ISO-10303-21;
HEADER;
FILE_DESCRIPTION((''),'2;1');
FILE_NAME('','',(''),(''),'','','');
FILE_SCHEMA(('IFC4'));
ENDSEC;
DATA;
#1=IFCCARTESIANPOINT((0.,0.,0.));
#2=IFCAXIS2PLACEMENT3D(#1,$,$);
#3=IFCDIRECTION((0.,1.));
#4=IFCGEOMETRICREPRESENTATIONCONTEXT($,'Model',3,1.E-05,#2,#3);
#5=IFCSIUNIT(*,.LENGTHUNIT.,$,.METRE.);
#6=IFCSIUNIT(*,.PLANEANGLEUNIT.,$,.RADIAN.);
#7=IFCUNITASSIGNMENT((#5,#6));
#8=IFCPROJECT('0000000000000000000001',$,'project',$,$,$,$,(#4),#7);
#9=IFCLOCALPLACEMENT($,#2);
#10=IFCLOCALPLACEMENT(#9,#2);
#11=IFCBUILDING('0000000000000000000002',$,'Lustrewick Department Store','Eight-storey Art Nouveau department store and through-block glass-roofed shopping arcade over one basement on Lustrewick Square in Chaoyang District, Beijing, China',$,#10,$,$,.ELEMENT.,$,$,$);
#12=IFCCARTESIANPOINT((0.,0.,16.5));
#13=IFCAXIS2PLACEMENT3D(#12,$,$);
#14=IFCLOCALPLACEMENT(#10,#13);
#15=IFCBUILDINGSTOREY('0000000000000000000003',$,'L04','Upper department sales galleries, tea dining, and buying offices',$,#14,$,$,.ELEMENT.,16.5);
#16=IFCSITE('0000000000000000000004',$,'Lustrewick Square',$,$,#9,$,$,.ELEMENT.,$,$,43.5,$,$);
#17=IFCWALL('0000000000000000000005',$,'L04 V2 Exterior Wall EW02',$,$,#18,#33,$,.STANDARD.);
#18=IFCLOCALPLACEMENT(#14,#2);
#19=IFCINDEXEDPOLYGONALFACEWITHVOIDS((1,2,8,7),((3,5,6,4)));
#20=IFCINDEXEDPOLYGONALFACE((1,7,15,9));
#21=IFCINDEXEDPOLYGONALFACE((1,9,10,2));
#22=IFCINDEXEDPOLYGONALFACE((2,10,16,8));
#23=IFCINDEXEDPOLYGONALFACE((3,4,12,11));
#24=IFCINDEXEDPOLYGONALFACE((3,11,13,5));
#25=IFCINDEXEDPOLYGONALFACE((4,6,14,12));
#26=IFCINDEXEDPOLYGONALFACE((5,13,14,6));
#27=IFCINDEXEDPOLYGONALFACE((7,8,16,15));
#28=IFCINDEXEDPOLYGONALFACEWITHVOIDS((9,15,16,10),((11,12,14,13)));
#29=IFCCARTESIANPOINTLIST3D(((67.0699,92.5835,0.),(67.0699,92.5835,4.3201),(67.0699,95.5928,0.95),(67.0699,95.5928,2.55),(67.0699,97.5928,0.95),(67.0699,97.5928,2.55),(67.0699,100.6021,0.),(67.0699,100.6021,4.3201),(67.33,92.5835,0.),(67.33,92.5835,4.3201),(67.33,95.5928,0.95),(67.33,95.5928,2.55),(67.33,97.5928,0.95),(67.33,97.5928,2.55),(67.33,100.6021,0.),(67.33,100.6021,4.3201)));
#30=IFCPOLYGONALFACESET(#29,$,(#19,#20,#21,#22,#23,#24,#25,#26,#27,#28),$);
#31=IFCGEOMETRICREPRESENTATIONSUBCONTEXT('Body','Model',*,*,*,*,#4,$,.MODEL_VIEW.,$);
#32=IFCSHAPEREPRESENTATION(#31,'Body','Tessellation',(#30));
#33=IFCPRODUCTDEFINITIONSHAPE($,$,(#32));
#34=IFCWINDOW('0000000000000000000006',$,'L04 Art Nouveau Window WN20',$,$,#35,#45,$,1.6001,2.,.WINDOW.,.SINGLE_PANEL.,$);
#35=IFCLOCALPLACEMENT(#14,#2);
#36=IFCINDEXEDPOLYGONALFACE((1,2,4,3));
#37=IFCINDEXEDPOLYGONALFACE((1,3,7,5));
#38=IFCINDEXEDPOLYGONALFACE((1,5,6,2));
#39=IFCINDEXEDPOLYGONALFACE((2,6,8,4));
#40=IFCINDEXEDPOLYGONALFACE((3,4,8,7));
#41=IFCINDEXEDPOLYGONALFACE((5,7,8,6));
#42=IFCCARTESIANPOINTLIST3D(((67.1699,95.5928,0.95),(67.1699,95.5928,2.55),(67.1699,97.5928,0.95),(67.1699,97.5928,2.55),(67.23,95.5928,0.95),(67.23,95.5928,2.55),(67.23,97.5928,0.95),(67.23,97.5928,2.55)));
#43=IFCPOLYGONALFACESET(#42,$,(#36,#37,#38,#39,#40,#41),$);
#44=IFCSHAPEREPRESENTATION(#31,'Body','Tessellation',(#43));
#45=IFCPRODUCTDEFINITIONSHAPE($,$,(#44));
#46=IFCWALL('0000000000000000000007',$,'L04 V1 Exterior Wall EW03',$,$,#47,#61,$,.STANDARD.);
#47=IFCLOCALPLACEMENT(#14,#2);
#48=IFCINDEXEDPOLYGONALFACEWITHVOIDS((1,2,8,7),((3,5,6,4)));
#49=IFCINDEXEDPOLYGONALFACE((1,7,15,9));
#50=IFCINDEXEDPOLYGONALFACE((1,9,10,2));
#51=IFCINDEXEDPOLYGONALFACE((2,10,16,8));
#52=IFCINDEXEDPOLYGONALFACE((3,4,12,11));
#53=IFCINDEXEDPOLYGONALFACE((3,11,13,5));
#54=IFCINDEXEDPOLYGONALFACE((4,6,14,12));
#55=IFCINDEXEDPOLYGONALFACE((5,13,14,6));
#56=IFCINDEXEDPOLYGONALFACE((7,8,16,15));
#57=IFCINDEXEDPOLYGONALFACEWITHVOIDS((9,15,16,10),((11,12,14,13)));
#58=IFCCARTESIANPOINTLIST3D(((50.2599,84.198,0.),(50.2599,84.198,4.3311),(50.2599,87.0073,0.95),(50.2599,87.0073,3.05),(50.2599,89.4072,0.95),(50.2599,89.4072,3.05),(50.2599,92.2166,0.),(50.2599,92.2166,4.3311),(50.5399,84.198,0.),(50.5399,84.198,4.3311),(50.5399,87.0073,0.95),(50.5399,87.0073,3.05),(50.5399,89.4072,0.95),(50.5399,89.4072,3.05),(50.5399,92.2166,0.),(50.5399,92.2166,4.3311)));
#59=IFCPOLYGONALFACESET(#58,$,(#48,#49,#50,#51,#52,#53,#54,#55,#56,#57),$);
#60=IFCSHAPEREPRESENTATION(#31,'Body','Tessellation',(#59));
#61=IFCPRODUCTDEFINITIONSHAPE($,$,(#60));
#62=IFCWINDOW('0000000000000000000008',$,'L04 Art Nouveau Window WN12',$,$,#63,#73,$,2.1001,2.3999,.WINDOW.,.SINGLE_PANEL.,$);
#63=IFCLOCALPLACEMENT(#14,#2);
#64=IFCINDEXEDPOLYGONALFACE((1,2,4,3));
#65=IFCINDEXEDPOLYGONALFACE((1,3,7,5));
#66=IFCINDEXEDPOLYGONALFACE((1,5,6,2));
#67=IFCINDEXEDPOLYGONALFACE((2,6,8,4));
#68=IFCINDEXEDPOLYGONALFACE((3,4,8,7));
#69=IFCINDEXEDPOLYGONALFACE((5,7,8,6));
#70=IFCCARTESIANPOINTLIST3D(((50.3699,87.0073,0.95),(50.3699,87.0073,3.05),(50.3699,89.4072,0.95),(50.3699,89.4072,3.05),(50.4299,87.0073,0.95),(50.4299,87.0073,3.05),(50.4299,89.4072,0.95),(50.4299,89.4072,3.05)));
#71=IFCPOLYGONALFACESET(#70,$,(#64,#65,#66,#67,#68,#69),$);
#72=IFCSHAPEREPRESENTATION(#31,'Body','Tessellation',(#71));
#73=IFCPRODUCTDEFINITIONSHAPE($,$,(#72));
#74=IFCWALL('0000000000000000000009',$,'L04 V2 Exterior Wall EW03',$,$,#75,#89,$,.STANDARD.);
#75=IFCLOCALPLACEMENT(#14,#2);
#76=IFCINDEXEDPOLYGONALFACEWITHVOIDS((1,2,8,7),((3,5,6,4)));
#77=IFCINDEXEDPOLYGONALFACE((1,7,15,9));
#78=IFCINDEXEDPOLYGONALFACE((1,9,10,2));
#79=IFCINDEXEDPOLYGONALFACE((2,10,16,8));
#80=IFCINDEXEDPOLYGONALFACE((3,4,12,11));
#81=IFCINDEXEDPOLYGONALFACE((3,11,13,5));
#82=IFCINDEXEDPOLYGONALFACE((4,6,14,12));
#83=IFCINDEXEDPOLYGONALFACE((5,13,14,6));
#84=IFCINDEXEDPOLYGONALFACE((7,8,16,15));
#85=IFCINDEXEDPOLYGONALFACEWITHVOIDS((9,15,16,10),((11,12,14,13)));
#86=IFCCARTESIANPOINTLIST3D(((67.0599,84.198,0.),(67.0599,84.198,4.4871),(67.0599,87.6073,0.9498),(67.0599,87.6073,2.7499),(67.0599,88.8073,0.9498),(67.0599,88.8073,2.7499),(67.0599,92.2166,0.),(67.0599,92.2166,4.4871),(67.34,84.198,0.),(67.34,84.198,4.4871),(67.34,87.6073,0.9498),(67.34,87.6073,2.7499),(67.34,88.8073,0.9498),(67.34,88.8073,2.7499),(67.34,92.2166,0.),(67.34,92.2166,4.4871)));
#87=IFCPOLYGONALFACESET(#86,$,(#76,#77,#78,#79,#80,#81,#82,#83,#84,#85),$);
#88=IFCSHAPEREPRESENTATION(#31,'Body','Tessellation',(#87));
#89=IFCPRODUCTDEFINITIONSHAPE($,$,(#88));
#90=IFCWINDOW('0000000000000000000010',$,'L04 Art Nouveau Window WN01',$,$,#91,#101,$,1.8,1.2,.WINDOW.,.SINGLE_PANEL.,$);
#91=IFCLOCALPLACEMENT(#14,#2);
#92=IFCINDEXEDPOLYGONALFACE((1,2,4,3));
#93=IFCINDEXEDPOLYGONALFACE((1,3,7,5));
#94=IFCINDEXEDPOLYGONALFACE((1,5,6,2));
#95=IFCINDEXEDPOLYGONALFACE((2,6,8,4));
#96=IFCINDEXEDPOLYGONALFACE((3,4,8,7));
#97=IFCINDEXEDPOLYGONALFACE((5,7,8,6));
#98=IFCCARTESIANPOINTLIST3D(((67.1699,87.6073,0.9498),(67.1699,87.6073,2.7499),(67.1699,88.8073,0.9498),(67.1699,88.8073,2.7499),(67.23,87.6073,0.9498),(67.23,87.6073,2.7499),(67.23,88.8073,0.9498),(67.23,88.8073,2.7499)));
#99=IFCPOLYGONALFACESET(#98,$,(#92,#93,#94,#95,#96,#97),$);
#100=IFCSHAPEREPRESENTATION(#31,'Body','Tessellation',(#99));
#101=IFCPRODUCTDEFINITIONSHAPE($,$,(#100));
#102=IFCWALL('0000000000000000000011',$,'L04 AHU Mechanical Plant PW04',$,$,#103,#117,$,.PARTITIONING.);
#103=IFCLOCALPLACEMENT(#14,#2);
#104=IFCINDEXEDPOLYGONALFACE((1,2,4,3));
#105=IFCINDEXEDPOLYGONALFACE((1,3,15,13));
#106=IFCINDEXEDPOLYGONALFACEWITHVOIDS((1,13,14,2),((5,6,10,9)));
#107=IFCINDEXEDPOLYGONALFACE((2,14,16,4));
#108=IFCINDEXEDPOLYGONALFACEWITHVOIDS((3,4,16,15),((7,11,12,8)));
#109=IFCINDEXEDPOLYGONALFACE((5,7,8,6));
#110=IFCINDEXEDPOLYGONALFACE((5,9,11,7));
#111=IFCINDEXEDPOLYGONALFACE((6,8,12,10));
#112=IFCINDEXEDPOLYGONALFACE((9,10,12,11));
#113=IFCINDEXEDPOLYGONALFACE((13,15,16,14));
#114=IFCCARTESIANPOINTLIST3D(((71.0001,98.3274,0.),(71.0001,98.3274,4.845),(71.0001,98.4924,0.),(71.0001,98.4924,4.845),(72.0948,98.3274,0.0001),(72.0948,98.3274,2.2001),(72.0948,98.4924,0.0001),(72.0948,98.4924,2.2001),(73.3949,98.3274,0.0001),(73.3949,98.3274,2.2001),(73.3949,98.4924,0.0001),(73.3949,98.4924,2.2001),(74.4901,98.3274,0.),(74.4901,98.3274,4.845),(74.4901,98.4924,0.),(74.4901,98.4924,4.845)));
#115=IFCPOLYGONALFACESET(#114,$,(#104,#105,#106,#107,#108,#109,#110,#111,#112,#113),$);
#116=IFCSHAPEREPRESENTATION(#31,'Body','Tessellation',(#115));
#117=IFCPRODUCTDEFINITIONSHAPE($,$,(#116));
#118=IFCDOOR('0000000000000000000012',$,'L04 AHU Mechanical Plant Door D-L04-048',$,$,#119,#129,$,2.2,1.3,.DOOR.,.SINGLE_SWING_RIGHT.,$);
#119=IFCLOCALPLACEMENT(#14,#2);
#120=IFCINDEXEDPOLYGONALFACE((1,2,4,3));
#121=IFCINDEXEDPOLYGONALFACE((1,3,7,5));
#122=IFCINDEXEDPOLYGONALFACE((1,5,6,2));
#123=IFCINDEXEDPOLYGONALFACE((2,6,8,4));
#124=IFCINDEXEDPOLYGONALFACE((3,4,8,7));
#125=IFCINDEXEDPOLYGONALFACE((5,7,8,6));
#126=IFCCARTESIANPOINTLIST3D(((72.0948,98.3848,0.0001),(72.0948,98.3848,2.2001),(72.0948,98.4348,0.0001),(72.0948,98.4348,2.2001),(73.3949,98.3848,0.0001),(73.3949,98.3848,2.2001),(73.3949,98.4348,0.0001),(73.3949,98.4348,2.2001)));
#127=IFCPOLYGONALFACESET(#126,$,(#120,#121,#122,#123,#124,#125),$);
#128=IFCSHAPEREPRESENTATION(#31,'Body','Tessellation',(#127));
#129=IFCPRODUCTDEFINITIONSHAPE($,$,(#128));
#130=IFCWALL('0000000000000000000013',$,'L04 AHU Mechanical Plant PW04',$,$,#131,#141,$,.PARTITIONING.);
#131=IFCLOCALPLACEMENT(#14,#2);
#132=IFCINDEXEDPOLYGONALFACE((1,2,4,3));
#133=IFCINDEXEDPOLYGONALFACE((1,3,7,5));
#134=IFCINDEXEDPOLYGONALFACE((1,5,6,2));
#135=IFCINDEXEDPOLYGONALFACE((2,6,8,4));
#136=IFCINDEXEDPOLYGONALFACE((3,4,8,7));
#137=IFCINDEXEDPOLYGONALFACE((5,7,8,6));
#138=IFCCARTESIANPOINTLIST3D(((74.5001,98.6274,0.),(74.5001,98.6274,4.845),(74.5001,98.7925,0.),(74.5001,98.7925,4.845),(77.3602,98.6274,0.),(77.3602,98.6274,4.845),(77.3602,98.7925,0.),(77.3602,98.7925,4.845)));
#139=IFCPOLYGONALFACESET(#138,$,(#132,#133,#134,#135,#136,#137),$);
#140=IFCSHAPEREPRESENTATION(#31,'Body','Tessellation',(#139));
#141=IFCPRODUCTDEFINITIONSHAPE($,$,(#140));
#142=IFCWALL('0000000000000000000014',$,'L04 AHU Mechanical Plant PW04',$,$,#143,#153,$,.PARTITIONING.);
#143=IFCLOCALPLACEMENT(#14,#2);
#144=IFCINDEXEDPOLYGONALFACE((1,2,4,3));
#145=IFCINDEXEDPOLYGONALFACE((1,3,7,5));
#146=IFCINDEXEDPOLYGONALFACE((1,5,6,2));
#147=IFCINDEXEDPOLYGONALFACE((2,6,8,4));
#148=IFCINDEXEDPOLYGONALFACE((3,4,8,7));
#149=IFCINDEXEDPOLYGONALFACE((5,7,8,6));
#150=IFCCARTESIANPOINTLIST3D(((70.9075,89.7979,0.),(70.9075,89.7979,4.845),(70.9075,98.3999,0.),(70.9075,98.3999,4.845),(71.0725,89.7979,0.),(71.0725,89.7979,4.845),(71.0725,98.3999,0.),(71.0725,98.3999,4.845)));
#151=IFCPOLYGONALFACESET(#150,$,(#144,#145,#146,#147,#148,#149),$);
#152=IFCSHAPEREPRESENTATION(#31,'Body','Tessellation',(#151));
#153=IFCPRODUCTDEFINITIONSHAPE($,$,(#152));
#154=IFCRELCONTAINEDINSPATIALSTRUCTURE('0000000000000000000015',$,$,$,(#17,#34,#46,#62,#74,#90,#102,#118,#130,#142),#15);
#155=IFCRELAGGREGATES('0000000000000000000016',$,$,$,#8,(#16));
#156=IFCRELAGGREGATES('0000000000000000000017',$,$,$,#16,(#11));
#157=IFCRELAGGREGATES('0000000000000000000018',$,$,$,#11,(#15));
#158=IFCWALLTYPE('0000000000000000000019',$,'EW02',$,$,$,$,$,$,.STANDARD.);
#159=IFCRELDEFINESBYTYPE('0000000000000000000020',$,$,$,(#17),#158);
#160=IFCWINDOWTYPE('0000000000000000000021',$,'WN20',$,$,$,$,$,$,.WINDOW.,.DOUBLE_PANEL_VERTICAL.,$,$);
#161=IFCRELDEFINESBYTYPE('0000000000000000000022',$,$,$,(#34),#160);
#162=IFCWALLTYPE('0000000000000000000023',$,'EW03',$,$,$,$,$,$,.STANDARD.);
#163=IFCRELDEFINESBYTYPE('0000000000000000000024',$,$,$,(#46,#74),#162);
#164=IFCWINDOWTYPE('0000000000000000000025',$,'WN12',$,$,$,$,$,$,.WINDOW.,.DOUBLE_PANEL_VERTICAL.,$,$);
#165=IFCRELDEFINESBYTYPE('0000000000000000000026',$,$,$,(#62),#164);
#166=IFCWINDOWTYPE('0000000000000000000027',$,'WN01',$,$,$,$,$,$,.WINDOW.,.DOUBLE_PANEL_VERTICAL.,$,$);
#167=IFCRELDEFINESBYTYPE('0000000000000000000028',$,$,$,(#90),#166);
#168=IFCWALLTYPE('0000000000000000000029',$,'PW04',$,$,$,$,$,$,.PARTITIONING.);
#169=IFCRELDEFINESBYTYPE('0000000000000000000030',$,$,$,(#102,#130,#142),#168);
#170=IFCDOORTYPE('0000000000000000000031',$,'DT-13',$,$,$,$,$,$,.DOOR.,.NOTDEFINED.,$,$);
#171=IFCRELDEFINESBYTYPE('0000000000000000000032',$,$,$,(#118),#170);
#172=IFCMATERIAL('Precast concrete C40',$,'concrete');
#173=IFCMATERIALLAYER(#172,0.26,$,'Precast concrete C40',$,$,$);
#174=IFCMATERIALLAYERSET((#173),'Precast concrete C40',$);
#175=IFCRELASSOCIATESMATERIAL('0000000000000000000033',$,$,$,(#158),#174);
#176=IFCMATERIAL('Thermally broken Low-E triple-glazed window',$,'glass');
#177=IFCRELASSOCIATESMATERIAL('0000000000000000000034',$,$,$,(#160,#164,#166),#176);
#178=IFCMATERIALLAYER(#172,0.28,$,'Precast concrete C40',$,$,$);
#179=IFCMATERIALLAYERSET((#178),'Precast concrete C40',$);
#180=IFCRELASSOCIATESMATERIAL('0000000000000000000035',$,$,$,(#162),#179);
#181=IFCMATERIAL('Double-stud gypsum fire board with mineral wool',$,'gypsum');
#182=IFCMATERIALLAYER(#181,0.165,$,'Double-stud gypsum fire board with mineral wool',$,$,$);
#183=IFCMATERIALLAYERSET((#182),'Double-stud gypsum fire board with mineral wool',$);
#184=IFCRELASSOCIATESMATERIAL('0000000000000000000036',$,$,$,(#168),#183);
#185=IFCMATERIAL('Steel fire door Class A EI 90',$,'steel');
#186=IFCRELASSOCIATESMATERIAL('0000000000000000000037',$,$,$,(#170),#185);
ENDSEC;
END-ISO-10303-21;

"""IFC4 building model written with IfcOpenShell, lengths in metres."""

from ifc_helpers import new_model, si_unit, direction, frame, frame_2d, origin, place, context, subcontext, project, spatial, rectangle, extrude, material, layer, layer_set, type_object, element, fill, save


model = new_model("IFC4")

# Units and contexts
model_context = context("Model", 3, precision=1e-05, world=origin(), true_north=direction((0.0, 1.0)))
body_context = subcontext(model_context, "Body", "Model", "MODEL_VIEW")
ifc_project = project(units=[si_unit("LENGTHUNIT", "METRE"), si_unit("PLANEANGLEUNIT", "RADIAN")], contexts=[model_context])

# Site, building, storey
site_placement = place(None, origin())
site = spatial("IfcSite", under=ifc_project, at=site_placement, Name="Lustrewick Square", CompositionType="ELEMENT", RefElevation=43.5)
building_placement = place(site_placement, origin())
building = spatial("IfcBuilding", under=site, at=building_placement, Name="Lustrewick Department Store", Description="Eight-storey Art Nouveau department store and through-block glass-roofed shopping arcade over one basement on Lustrewick Square in Chaoyang District, Beijing, China", CompositionType="ELEMENT")
storey_placement = place(building_placement, frame((0.0, 0.0, 16.5)))
storey = spatial("IfcBuildingStorey", under=building, at=storey_placement, Name="L04", Description="Upper department sales galleries, tea dining, and buying offices", CompositionType="ELEMENT", Elevation=16.5)

# Walls, openings, windows
ifc_material_1 = material(Name="Precast concrete C40", Category="concrete")
ifc_layer_1 = layer(ifc_material_1, 0.26, Name="Precast concrete C40")
ifc_layer_set_1 = layer_set([ifc_layer_1], Name="Precast concrete C40")
wall_type_1 = type_object("IfcWallType", Name="EW02", PredefinedType="STANDARD", material=ifc_layer_set_1)
wall_1_placement = place(storey_placement, frame((67.2, 100.6021, 0.0), z_axis=(0.0, 0.0, 1.0), x_axis=(0.0, -1.0, 0.0)))
wall_1 = element("IfcWall", 1, at=wall_1_placement, inside=storey, type_object=wall_type_1, Name="L04 V2 Exterior Wall EW02", PredefinedType="STANDARD", context=body_context, shape_type="SweptSolid", body=[
    extrude(rectangle(XDim=8.0186, YDim=0.26, at=frame_2d((4.0093, 0.0))), origin(), (0.0, 0.0, 1.0), 4.3201),
])
opening_1_placement = place(wall_1_placement, frame((3.0093, 0.0, 0.95)))
opening_1 = element("IfcOpeningElement", 2, at=opening_1_placement, cuts=wall_1, PredefinedType="OPENING", context=body_context, shape_type="SweptSolid", body=[
    extrude(rectangle(XDim=2.0, YDim=1.6001, at=frame_2d((1.0, 0.8))), frame((0.0, 0.1401, 0.0), z_axis=(0.0, -1.0, 0.0), x_axis=(1.0, 0.0, 0.0)), (0.0, 0.0, 1.0), 0.28),
])
ifc_material_2 = material(Name="Thermally broken Low-E triple-glazed window", Category="glass")
window_type_1 = type_object("IfcWindowType", Name="WN20", PartitioningType="DOUBLE_PANEL_VERTICAL", PredefinedType="WINDOW", material=ifc_material_2)
window_1_placement = place(opening_1_placement, origin())
window_1 = element("IfcWindow", 3, at=window_1_placement, inside=storey, type_object=window_type_1, Name="L04 Art Nouveau Window WN20", OverallHeight=1.6001, OverallWidth=2.0, PartitioningType="SINGLE_PANEL", PredefinedType="WINDOW", context=body_context, shape_type="SweptSolid", body=[
    extrude(rectangle(XDim=2.0, YDim=1.6001, at=frame_2d((1.0, 0.8))), frame((0.0, 0.03, 0.0), z_axis=(0.0, -1.0, 0.0), x_axis=(1.0, 0.0, 0.0)), (0.0, 0.0, 1.0), 0.0601),
])
fill(opening_1, window_1)
ifc_layer_2 = layer(ifc_material_1, 0.28, Name="Precast concrete C40")
ifc_layer_set_2 = layer_set([ifc_layer_2], Name="Precast concrete C40")
wall_type_2 = type_object("IfcWallType", Name="EW03", PredefinedType="STANDARD", material=ifc_layer_set_2)
wall_2_placement = place(storey_placement, frame((50.3999, 84.198, 0.0), z_axis=(0.0, 0.0, 1.0), x_axis=(0.0, 1.0, 0.0)))
wall_2 = element("IfcWall", 4, at=wall_2_placement, inside=storey, type_object=wall_type_2, Name="L04 V1 Exterior Wall EW03", PredefinedType="STANDARD", context=body_context, shape_type="SweptSolid", body=[
    extrude(rectangle(XDim=8.0186, YDim=0.28, at=frame_2d((4.0093, 0.0))), origin(), (0.0, 0.0, 1.0), 4.3311),
])
opening_2_placement = place(wall_2_placement, frame((2.8093, 0.0, 0.95)))
opening_2 = element("IfcOpeningElement", 5, at=opening_2_placement, cuts=wall_2, PredefinedType="OPENING", context=body_context, shape_type="SweptSolid", body=[
    extrude(rectangle(XDim=2.3999, YDim=2.1001, at=frame_2d((1.2, 1.05))), frame((0.0, 0.1499, 0.0), z_axis=(0.0, -1.0, 0.0), x_axis=(1.0, 0.0, 0.0)), (0.0, 0.0, 1.0), 0.3),
])
window_type_2 = type_object("IfcWindowType", Name="WN12", PartitioningType="DOUBLE_PANEL_VERTICAL", PredefinedType="WINDOW", material=ifc_material_2)
window_2_placement = place(opening_2_placement, origin())
window_2 = element("IfcWindow", 6, at=window_2_placement, inside=storey, type_object=window_type_2, Name="L04 Art Nouveau Window WN12", OverallHeight=2.1001, OverallWidth=2.3999, PartitioningType="SINGLE_PANEL", PredefinedType="WINDOW", context=body_context, shape_type="SweptSolid", body=[
    extrude(rectangle(XDim=2.3999, YDim=2.1001, at=frame_2d((1.2, 1.05))), frame((0.0, 0.03, 0.0), z_axis=(0.0, -1.0, 0.0), x_axis=(1.0, 0.0, 0.0)), (0.0, 0.0, 1.0), 0.0601),
])
fill(opening_2, window_2)
wall_3_placement = place(storey_placement, frame((67.2, 92.2166, 0.0), z_axis=(0.0, 0.0, 1.0), x_axis=(0.0, -1.0, 0.0)))
wall_3 = element("IfcWall", 7, at=wall_3_placement, inside=storey, type_object=wall_type_2, Name="L04 V2 Exterior Wall EW03", PredefinedType="STANDARD", context=body_context, shape_type="SweptSolid", body=[
    extrude(rectangle(XDim=8.0186, YDim=0.28, at=frame_2d((4.0093, 0.0))), origin(), (0.0, 0.0, 1.0), 4.4871),
])
opening_3_placement = place(wall_3_placement, frame((3.4092, 0.0, 0.95)))
opening_3 = element("IfcOpeningElement", 8, at=opening_3_placement, cuts=wall_3, PredefinedType="OPENING", context=body_context, shape_type="SweptSolid", body=[
    extrude(rectangle(XDim=1.2, YDim=1.8, at=frame_2d((0.6001, 0.8999))), frame((0.0, 0.1499, 0.0), z_axis=(0.0, -1.0, 0.0), x_axis=(1.0, 0.0, 0.0)), (0.0, 0.0, 1.0), 0.3),
])
window_type_3 = type_object("IfcWindowType", Name="WN01", PartitioningType="DOUBLE_PANEL_VERTICAL", PredefinedType="WINDOW", material=ifc_material_2)
window_3_placement = place(opening_3_placement, origin())
window_3 = element("IfcWindow", 9, at=window_3_placement, inside=storey, type_object=window_type_3, Name="L04 Art Nouveau Window WN01", OverallHeight=1.8, OverallWidth=1.2, PartitioningType="SINGLE_PANEL", PredefinedType="WINDOW", context=body_context, shape_type="SweptSolid", body=[
    extrude(rectangle(XDim=1.2, YDim=1.8, at=frame_2d((0.6001, 0.8999))), frame((0.0, 0.03, 0.0), z_axis=(0.0, -1.0, 0.0), x_axis=(1.0, 0.0, 0.0)), (0.0, 0.0, 1.0), 0.0601),
])
fill(opening_3, window_3)

# Wall, opening, door
ifc_material_3 = material(Name="Double-stud gypsum fire board with mineral wool", Category="gypsum")
ifc_layer_3 = layer(ifc_material_3, 0.165, Name="Double-stud gypsum fire board with mineral wool")
ifc_layer_set_3 = layer_set([ifc_layer_3], Name="Double-stud gypsum fire board with mineral wool")
wall_type_3 = type_object("IfcWallType", Name="PW04", PredefinedType="PARTITIONING", material=ifc_layer_set_3)
wall_4_placement = place(storey_placement, frame((71.0, 98.4099, 0.0), z_axis=(0.0, 0.0, 1.0), x_axis=(1.0, 0.0, 0.0)))
wall_4 = element("IfcWall", 10, at=wall_4_placement, inside=storey, type_object=wall_type_3, Name="L04 AHU Mechanical Plant PW04", PredefinedType="PARTITIONING", context=body_context, shape_type="SweptSolid", body=[
    extrude(rectangle(XDim=3.49, YDim=0.165, at=frame_2d((1.7451, 0.0))), origin(), (0.0, 0.0, 1.0), 4.845),
])
opening_4_placement = place(wall_4_placement, frame((1.095, 0.0, 0.0)))
opening_4 = element("IfcOpeningElement", 11, at=opening_4_placement, cuts=wall_4, PredefinedType="OPENING", context=body_context, shape_type="SweptSolid", body=[
    extrude(rectangle(XDim=1.3, YDim=2.2, at=frame_2d((0.6499, 1.1001))), frame((0.0, 0.0925, 0.0), z_axis=(0.0, -1.0, 0.0), x_axis=(1.0, 0.0, 0.0)), (0.0, 0.0, 1.0), 0.1851),
])
ifc_material_4 = material(Name="Steel fire door Class A EI 90", Category="steel")
door_type = type_object("IfcDoorType", Name="DT-13", OperationType="NOTDEFINED", PredefinedType="DOOR", material=ifc_material_4)
door_placement = place(opening_4_placement, origin())
door = element("IfcDoor", 12, at=door_placement, inside=storey, type_object=door_type, Name="L04 AHU Mechanical Plant Door D-L04-048", OperationType="SINGLE_SWING_RIGHT", OverallHeight=2.2, OverallWidth=1.3, PredefinedType="DOOR", context=body_context, shape_type="SweptSolid", body=[
    extrude(rectangle(XDim=1.3, YDim=2.2, at=frame_2d((0.6499, 1.1001))), frame((0.0, 0.0249, 0.0), z_axis=(0.0, -1.0, 0.0), x_axis=(1.0, 0.0, 0.0)), (0.0, 0.0, 1.0), 0.05),
])
fill(opening_4, door)

# Walls
wall_5_placement = place(storey_placement, frame((74.5, 98.71, 0.0), z_axis=(0.0, 0.0, 1.0), x_axis=(1.0, 0.0, 0.0)))
element("IfcWall", 13, at=wall_5_placement, inside=storey, type_object=wall_type_3, Name="L04 AHU Mechanical Plant PW04", PredefinedType="PARTITIONING", context=body_context, shape_type="SweptSolid", body=[
    extrude(rectangle(XDim=2.8601, YDim=0.165, at=frame_2d((1.4302, 0.0))), origin(), (0.0, 0.0, 1.0), 4.845),
])
wall_6_placement = place(storey_placement, frame((70.99, 89.7979, 0.0), z_axis=(0.0, 0.0, 1.0), x_axis=(0.0, 1.0, 0.0)))
element("IfcWall", 14, at=wall_6_placement, inside=storey, type_object=wall_type_3, Name="L04 AHU Mechanical Plant PW04", PredefinedType="PARTITIONING", context=body_context, shape_type="SweptSolid", body=[
    extrude(rectangle(XDim=8.6021, YDim=0.165, at=frame_2d((4.301, 0.0))), origin(), (0.0, 0.0, 1.0), 4.845),
])

save(model, "model.ifc")
